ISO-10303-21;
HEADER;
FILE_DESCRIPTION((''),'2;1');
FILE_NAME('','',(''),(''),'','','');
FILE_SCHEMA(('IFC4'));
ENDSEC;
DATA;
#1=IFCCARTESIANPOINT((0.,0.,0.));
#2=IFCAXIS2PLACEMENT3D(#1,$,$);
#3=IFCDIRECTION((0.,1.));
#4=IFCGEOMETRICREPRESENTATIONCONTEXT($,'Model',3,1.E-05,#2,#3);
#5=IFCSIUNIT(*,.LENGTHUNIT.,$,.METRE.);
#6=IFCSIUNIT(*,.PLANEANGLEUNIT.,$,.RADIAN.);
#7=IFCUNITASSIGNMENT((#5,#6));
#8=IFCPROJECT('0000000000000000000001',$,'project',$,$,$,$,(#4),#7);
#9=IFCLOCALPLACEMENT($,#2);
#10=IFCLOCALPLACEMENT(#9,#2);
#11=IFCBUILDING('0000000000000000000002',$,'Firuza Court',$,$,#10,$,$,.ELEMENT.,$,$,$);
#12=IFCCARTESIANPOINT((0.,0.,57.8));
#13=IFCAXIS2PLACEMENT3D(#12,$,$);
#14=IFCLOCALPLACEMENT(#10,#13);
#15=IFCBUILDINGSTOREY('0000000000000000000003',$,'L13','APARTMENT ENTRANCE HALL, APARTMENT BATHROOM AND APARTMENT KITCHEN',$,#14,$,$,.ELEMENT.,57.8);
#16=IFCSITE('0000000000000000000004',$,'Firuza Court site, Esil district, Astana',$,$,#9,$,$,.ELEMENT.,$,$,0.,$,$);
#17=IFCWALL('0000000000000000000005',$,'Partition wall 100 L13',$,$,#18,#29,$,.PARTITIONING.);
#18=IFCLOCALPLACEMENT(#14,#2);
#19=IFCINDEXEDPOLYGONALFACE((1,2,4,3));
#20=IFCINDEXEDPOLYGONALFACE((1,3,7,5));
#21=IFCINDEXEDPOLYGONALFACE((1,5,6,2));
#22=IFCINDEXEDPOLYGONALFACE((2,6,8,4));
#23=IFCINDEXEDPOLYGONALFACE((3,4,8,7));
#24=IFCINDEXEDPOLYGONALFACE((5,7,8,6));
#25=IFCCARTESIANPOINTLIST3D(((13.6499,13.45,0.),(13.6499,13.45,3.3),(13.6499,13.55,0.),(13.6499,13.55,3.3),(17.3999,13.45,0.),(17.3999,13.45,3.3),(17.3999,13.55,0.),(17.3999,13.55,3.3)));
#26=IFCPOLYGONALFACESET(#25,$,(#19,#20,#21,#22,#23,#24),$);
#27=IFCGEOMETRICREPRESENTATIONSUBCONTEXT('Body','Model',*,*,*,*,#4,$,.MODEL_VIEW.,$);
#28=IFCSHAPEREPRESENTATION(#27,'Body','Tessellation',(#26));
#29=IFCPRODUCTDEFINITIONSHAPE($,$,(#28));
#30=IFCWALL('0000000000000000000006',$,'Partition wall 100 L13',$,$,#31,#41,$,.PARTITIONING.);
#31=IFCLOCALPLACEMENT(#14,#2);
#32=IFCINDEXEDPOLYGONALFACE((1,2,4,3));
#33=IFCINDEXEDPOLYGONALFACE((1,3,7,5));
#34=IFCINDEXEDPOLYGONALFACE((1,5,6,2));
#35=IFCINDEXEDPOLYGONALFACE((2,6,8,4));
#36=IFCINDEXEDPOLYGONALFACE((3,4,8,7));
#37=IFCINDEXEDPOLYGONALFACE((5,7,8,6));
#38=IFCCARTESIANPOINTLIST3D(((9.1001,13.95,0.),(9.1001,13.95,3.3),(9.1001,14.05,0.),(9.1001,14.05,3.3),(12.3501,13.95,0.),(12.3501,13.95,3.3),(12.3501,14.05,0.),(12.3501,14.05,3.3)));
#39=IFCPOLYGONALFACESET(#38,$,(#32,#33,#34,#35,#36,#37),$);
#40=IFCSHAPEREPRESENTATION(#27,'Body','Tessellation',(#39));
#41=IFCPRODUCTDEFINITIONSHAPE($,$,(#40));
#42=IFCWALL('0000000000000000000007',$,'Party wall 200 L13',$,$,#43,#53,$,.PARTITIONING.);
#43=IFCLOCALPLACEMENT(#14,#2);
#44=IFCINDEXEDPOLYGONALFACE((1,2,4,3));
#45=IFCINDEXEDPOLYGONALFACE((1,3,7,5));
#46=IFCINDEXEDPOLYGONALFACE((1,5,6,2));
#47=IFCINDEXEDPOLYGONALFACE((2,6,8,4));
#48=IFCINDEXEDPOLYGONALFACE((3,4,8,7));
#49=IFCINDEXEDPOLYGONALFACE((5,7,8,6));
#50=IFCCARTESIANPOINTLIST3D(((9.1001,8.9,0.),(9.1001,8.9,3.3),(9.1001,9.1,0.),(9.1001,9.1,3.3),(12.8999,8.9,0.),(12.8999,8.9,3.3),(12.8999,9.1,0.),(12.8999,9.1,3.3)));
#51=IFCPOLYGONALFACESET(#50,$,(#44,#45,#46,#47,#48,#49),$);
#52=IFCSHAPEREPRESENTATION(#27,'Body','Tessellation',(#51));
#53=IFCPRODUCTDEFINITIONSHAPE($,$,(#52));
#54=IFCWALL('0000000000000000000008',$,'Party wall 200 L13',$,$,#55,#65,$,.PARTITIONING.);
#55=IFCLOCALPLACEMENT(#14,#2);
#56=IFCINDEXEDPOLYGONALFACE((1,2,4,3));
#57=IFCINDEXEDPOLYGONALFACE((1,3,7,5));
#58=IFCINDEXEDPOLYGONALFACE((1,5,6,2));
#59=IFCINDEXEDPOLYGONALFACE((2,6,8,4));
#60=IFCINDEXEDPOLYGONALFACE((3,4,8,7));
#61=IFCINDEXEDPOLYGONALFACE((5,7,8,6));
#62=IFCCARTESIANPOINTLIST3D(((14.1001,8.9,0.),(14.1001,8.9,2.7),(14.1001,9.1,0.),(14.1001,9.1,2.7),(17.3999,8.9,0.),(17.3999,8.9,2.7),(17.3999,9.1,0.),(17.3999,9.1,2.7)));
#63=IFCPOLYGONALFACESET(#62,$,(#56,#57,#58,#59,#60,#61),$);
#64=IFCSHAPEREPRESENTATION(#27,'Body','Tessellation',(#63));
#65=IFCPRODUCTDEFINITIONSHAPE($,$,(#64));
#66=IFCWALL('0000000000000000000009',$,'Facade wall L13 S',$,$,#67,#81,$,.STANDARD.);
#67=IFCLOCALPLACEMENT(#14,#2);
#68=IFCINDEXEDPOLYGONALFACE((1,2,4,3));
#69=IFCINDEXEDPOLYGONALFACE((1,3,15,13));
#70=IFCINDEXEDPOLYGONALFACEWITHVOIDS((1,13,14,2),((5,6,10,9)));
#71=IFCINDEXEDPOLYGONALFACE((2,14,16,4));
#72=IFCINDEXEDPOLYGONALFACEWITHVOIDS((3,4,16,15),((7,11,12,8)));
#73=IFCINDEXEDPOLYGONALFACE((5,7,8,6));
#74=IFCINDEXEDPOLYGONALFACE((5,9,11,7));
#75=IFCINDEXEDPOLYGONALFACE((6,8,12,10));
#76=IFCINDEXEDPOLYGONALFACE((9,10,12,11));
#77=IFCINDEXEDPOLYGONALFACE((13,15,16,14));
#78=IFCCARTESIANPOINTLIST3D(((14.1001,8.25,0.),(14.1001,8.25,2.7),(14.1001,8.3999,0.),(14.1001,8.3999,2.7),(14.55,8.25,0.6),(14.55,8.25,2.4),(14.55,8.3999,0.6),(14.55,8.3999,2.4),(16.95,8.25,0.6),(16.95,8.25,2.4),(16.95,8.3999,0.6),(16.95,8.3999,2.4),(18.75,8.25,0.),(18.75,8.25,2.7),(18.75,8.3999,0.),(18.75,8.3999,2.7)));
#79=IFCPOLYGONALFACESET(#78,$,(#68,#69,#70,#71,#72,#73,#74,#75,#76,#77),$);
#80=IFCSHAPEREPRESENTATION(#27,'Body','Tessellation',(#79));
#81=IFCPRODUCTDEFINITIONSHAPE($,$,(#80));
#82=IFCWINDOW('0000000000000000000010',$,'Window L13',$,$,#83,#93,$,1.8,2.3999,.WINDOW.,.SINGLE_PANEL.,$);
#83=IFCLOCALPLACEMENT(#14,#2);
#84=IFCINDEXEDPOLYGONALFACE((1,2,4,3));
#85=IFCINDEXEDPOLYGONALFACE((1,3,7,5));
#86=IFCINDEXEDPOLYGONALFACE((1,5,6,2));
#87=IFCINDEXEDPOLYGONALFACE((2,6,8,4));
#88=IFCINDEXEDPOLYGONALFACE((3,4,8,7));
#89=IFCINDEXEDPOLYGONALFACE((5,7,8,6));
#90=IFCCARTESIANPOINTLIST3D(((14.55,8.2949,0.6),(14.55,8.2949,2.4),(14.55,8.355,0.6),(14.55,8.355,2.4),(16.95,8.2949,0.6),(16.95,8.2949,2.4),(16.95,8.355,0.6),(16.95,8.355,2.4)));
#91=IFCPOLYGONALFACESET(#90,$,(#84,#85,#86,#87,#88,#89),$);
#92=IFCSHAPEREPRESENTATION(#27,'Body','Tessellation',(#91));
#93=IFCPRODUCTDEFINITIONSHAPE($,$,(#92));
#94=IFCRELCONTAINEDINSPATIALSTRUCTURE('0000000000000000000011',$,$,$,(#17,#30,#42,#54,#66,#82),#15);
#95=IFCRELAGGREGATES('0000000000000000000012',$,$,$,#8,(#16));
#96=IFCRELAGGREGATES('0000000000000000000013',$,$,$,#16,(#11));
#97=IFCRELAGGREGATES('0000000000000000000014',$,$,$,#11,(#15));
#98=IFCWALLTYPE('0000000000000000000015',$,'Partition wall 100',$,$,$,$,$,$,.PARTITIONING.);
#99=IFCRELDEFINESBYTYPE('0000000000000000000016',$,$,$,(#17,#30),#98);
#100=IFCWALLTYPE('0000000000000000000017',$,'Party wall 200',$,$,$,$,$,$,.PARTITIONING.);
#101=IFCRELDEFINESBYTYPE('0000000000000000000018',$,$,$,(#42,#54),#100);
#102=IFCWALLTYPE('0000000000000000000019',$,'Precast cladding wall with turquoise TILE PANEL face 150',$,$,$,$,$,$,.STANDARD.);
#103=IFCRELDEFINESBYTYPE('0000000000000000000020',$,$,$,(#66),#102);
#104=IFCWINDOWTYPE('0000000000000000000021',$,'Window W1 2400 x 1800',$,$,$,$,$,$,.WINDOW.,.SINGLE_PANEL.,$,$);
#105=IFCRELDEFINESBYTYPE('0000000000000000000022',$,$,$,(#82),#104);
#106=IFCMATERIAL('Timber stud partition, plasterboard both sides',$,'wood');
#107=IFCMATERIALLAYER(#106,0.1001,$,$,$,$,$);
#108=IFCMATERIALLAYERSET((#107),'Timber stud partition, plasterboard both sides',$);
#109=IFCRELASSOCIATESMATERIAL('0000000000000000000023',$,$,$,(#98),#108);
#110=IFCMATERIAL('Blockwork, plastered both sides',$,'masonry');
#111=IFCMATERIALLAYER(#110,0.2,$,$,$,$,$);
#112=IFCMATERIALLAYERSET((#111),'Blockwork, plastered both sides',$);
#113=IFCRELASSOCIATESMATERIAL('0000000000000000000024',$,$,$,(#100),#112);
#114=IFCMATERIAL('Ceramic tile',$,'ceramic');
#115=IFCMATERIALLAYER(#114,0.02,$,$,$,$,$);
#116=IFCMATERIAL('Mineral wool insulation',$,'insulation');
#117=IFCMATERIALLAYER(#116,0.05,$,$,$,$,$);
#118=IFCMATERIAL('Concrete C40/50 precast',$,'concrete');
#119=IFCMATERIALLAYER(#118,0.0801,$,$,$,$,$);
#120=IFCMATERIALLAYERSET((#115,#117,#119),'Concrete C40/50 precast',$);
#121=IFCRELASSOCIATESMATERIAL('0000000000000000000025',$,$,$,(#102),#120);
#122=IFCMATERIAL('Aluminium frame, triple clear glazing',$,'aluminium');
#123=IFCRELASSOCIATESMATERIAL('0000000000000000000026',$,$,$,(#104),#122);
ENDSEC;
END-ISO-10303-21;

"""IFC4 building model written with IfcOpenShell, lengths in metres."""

from ifc_helpers import new_model, si_unit, direction, frame, frame_2d, origin, place, context, subcontext, project, spatial, rectangle, extrude, material, layer, layer_set, type_object, element, fill, save


model = new_model("IFC4")

# Units and contexts
model_context = context("Model", 3, precision=1e-05, world=origin(), true_north=direction((0.0, 1.0)))
body_context = subcontext(model_context, "Body", "Model", "MODEL_VIEW")
ifc_project = project(units=[si_unit("LENGTHUNIT", "METRE"), si_unit("PLANEANGLEUNIT", "RADIAN")], contexts=[model_context])

# Site, building, storey
site_placement = place(None, origin())
site = spatial("IfcSite", under=ifc_project, at=site_placement, Name="Firuza Court site, Esil district, Astana", CompositionType="ELEMENT", RefElevation=0.0)
building_placement = place(site_placement, origin())
building = spatial("IfcBuilding", under=site, at=building_placement, Name="Firuza Court", CompositionType="ELEMENT")
storey_placement = place(building_placement, frame((0.0, 0.0, 57.8)))
storey = spatial("IfcBuildingStorey", under=building, at=storey_placement, Name="L13", Description="APARTMENT ENTRANCE HALL, APARTMENT BATHROOM AND APARTMENT KITCHEN", CompositionType="ELEMENT", Elevation=57.8)

# Shared definitions
ifc_material_1 = material(Name="Timber stud partition, plasterboard both sides", Category="wood")
ifc_layer_1 = layer(ifc_material_1, 0.1001)
ifc_layer_set_1 = layer_set([ifc_layer_1], Name="Timber stud partition, plasterboard both sides")
wall_type_1 = type_object("IfcWallType", Name="Partition wall 100", PredefinedType="PARTITIONING", material=ifc_layer_set_1)

# Walls
wall_1_placement = place(storey_placement, frame((13.6499, 13.5, 0.0), z_axis=(0.0, 0.0, 1.0), x_axis=(1.0, 0.0, 0.0)))
element("IfcWall", 1, at=wall_1_placement, inside=storey, type_object=wall_type_1, Name="Partition wall 100 L13", PredefinedType="PARTITIONING", context=body_context, shape_type="SweptSolid", body=[
    extrude(rectangle(XDim=3.75, YDim=0.1001, at=frame_2d((1.875, 0.0))), origin(), (0.0, 0.0, 1.0), 3.3),
])
wall_2_placement = place(storey_placement, frame((9.1001, 14.0, 0.0), z_axis=(0.0, 0.0, 1.0), x_axis=(1.0, 0.0, 0.0)))
element("IfcWall", 2, at=wall_2_placement, inside=storey, type_object=wall_type_1, Name="Partition wall 100 L13", PredefinedType="PARTITIONING", context=body_context, shape_type="SweptSolid", body=[
    extrude(rectangle(XDim=3.25, YDim=0.1001, at=frame_2d((1.625, 0.0))), origin(), (0.0, 0.0, 1.0), 3.3),
])
ifc_material_2 = material(Name="Blockwork, plastered both sides", Category="masonry")
ifc_layer_2 = layer(ifc_material_2, 0.2)
ifc_layer_set_2 = layer_set([ifc_layer_2], Name="Blockwork, plastered both sides")
wall_type_2 = type_object("IfcWallType", Name="Party wall 200", PredefinedType="PARTITIONING", material=ifc_layer_set_2)
wall_3_placement = place(storey_placement, frame((9.1001, 9.0, 0.0), z_axis=(0.0, 0.0, 1.0), x_axis=(1.0, 0.0, 0.0)))
element("IfcWall", 3, at=wall_3_placement, inside=storey, type_object=wall_type_2, Name="Party wall 200 L13", PredefinedType="PARTITIONING", context=body_context, shape_type="SweptSolid", body=[
    extrude(rectangle(XDim=3.7998, YDim=0.2, at=frame_2d((1.8999, 0.0))), origin(), (0.0, 0.0, 1.0), 3.3),
])
wall_4_placement = place(storey_placement, frame((14.1001, 9.0, 0.0), z_axis=(0.0, 0.0, 1.0), x_axis=(1.0, 0.0, 0.0)))
element("IfcWall", 4, at=wall_4_placement, inside=storey, type_object=wall_type_2, Name="Party wall 200 L13", PredefinedType="PARTITIONING", context=body_context, shape_type="SweptSolid", body=[
    extrude(rectangle(XDim=3.2998, YDim=0.2, at=frame_2d((1.6499, 0.0))), origin(), (0.0, 0.0, 1.0), 2.7),
])

# Wall, opening, window
ifc_material_3 = material(Name="Ceramic tile", Category="ceramic")
ifc_layer_3 = layer(ifc_material_3, 0.02)
ifc_material_4 = material(Name="Mineral wool insulation", Category="insulation")
ifc_layer_4 = layer(ifc_material_4, 0.05)
ifc_material_5 = material(Name="Concrete C40/50 precast", Category="concrete")
ifc_layer_5 = layer(ifc_material_5, 0.0801)
ifc_layer_set_3 = layer_set([ifc_layer_3, ifc_layer_4, ifc_layer_5], Name="Concrete C40/50 precast")
wall_type_3 = type_object("IfcWallType", Name="Precast cladding wall with turquoise TILE PANEL face 150", PredefinedType="STANDARD", material=ifc_layer_set_3)
wall_5_placement = place(storey_placement, frame((14.1001, 8.325, 0.0), z_axis=(0.0, 0.0, 1.0), x_axis=(1.0, 0.0, 0.0)))
wall_5 = element("IfcWall", 5, at=wall_5_placement, inside=storey, type_object=wall_type_3, Name="Facade wall L13 S", PredefinedType="STANDARD", context=body_context, shape_type="SweptSolid", body=[
    extrude(rectangle(XDim=4.6499, YDim=0.1499, at=frame_2d((2.325, 0.0))), origin(), (0.0, 0.0, 1.0), 2.7),
])
opening_1_placement = place(wall_5_placement, frame((0.45, 0.0, 0.6001)))
opening_1 = element("IfcOpeningElement", 6, at=opening_1_placement, cuts=wall_5, PredefinedType="OPENING", context=body_context, shape_type="SweptSolid", body=[
    extrude(rectangle(XDim=2.3999, YDim=1.8, at=frame_2d((1.2, 0.8999))), frame((0.0, 0.0869, 0.0), z_axis=(0.0, -1.0, 0.0), x_axis=(1.0, 0.0, 0.0)), (0.0, 0.0, 1.0), 0.1738),
])
ifc_material_6 = material(Name="Aluminium frame, triple clear glazing", Category="aluminium")
window_type = type_object("IfcWindowType", Name="Window W1 2400 x 1800", PartitioningType="SINGLE_PANEL", PredefinedType="WINDOW", material=ifc_material_6)
window_placement = place(opening_1_placement, origin())
window = element("IfcWindow", 7, at=window_placement, inside=storey, type_object=window_type, Name="Window L13", OverallHeight=1.8, OverallWidth=2.3999, PartitioningType="SINGLE_PANEL", PredefinedType="WINDOW", context=body_context, shape_type="SweptSolid", body=[
    extrude(rectangle(XDim=2.3999, YDim=1.8, at=frame_2d((1.2, 0.8999))), frame((0.0, 0.03, 0.0), z_axis=(0.0, -1.0, 0.0), x_axis=(1.0, 0.0, 0.0)), (0.0, 0.0, 1.0), 0.0601),
])
fill(opening_1, window)

save(model, "model.ifc")
